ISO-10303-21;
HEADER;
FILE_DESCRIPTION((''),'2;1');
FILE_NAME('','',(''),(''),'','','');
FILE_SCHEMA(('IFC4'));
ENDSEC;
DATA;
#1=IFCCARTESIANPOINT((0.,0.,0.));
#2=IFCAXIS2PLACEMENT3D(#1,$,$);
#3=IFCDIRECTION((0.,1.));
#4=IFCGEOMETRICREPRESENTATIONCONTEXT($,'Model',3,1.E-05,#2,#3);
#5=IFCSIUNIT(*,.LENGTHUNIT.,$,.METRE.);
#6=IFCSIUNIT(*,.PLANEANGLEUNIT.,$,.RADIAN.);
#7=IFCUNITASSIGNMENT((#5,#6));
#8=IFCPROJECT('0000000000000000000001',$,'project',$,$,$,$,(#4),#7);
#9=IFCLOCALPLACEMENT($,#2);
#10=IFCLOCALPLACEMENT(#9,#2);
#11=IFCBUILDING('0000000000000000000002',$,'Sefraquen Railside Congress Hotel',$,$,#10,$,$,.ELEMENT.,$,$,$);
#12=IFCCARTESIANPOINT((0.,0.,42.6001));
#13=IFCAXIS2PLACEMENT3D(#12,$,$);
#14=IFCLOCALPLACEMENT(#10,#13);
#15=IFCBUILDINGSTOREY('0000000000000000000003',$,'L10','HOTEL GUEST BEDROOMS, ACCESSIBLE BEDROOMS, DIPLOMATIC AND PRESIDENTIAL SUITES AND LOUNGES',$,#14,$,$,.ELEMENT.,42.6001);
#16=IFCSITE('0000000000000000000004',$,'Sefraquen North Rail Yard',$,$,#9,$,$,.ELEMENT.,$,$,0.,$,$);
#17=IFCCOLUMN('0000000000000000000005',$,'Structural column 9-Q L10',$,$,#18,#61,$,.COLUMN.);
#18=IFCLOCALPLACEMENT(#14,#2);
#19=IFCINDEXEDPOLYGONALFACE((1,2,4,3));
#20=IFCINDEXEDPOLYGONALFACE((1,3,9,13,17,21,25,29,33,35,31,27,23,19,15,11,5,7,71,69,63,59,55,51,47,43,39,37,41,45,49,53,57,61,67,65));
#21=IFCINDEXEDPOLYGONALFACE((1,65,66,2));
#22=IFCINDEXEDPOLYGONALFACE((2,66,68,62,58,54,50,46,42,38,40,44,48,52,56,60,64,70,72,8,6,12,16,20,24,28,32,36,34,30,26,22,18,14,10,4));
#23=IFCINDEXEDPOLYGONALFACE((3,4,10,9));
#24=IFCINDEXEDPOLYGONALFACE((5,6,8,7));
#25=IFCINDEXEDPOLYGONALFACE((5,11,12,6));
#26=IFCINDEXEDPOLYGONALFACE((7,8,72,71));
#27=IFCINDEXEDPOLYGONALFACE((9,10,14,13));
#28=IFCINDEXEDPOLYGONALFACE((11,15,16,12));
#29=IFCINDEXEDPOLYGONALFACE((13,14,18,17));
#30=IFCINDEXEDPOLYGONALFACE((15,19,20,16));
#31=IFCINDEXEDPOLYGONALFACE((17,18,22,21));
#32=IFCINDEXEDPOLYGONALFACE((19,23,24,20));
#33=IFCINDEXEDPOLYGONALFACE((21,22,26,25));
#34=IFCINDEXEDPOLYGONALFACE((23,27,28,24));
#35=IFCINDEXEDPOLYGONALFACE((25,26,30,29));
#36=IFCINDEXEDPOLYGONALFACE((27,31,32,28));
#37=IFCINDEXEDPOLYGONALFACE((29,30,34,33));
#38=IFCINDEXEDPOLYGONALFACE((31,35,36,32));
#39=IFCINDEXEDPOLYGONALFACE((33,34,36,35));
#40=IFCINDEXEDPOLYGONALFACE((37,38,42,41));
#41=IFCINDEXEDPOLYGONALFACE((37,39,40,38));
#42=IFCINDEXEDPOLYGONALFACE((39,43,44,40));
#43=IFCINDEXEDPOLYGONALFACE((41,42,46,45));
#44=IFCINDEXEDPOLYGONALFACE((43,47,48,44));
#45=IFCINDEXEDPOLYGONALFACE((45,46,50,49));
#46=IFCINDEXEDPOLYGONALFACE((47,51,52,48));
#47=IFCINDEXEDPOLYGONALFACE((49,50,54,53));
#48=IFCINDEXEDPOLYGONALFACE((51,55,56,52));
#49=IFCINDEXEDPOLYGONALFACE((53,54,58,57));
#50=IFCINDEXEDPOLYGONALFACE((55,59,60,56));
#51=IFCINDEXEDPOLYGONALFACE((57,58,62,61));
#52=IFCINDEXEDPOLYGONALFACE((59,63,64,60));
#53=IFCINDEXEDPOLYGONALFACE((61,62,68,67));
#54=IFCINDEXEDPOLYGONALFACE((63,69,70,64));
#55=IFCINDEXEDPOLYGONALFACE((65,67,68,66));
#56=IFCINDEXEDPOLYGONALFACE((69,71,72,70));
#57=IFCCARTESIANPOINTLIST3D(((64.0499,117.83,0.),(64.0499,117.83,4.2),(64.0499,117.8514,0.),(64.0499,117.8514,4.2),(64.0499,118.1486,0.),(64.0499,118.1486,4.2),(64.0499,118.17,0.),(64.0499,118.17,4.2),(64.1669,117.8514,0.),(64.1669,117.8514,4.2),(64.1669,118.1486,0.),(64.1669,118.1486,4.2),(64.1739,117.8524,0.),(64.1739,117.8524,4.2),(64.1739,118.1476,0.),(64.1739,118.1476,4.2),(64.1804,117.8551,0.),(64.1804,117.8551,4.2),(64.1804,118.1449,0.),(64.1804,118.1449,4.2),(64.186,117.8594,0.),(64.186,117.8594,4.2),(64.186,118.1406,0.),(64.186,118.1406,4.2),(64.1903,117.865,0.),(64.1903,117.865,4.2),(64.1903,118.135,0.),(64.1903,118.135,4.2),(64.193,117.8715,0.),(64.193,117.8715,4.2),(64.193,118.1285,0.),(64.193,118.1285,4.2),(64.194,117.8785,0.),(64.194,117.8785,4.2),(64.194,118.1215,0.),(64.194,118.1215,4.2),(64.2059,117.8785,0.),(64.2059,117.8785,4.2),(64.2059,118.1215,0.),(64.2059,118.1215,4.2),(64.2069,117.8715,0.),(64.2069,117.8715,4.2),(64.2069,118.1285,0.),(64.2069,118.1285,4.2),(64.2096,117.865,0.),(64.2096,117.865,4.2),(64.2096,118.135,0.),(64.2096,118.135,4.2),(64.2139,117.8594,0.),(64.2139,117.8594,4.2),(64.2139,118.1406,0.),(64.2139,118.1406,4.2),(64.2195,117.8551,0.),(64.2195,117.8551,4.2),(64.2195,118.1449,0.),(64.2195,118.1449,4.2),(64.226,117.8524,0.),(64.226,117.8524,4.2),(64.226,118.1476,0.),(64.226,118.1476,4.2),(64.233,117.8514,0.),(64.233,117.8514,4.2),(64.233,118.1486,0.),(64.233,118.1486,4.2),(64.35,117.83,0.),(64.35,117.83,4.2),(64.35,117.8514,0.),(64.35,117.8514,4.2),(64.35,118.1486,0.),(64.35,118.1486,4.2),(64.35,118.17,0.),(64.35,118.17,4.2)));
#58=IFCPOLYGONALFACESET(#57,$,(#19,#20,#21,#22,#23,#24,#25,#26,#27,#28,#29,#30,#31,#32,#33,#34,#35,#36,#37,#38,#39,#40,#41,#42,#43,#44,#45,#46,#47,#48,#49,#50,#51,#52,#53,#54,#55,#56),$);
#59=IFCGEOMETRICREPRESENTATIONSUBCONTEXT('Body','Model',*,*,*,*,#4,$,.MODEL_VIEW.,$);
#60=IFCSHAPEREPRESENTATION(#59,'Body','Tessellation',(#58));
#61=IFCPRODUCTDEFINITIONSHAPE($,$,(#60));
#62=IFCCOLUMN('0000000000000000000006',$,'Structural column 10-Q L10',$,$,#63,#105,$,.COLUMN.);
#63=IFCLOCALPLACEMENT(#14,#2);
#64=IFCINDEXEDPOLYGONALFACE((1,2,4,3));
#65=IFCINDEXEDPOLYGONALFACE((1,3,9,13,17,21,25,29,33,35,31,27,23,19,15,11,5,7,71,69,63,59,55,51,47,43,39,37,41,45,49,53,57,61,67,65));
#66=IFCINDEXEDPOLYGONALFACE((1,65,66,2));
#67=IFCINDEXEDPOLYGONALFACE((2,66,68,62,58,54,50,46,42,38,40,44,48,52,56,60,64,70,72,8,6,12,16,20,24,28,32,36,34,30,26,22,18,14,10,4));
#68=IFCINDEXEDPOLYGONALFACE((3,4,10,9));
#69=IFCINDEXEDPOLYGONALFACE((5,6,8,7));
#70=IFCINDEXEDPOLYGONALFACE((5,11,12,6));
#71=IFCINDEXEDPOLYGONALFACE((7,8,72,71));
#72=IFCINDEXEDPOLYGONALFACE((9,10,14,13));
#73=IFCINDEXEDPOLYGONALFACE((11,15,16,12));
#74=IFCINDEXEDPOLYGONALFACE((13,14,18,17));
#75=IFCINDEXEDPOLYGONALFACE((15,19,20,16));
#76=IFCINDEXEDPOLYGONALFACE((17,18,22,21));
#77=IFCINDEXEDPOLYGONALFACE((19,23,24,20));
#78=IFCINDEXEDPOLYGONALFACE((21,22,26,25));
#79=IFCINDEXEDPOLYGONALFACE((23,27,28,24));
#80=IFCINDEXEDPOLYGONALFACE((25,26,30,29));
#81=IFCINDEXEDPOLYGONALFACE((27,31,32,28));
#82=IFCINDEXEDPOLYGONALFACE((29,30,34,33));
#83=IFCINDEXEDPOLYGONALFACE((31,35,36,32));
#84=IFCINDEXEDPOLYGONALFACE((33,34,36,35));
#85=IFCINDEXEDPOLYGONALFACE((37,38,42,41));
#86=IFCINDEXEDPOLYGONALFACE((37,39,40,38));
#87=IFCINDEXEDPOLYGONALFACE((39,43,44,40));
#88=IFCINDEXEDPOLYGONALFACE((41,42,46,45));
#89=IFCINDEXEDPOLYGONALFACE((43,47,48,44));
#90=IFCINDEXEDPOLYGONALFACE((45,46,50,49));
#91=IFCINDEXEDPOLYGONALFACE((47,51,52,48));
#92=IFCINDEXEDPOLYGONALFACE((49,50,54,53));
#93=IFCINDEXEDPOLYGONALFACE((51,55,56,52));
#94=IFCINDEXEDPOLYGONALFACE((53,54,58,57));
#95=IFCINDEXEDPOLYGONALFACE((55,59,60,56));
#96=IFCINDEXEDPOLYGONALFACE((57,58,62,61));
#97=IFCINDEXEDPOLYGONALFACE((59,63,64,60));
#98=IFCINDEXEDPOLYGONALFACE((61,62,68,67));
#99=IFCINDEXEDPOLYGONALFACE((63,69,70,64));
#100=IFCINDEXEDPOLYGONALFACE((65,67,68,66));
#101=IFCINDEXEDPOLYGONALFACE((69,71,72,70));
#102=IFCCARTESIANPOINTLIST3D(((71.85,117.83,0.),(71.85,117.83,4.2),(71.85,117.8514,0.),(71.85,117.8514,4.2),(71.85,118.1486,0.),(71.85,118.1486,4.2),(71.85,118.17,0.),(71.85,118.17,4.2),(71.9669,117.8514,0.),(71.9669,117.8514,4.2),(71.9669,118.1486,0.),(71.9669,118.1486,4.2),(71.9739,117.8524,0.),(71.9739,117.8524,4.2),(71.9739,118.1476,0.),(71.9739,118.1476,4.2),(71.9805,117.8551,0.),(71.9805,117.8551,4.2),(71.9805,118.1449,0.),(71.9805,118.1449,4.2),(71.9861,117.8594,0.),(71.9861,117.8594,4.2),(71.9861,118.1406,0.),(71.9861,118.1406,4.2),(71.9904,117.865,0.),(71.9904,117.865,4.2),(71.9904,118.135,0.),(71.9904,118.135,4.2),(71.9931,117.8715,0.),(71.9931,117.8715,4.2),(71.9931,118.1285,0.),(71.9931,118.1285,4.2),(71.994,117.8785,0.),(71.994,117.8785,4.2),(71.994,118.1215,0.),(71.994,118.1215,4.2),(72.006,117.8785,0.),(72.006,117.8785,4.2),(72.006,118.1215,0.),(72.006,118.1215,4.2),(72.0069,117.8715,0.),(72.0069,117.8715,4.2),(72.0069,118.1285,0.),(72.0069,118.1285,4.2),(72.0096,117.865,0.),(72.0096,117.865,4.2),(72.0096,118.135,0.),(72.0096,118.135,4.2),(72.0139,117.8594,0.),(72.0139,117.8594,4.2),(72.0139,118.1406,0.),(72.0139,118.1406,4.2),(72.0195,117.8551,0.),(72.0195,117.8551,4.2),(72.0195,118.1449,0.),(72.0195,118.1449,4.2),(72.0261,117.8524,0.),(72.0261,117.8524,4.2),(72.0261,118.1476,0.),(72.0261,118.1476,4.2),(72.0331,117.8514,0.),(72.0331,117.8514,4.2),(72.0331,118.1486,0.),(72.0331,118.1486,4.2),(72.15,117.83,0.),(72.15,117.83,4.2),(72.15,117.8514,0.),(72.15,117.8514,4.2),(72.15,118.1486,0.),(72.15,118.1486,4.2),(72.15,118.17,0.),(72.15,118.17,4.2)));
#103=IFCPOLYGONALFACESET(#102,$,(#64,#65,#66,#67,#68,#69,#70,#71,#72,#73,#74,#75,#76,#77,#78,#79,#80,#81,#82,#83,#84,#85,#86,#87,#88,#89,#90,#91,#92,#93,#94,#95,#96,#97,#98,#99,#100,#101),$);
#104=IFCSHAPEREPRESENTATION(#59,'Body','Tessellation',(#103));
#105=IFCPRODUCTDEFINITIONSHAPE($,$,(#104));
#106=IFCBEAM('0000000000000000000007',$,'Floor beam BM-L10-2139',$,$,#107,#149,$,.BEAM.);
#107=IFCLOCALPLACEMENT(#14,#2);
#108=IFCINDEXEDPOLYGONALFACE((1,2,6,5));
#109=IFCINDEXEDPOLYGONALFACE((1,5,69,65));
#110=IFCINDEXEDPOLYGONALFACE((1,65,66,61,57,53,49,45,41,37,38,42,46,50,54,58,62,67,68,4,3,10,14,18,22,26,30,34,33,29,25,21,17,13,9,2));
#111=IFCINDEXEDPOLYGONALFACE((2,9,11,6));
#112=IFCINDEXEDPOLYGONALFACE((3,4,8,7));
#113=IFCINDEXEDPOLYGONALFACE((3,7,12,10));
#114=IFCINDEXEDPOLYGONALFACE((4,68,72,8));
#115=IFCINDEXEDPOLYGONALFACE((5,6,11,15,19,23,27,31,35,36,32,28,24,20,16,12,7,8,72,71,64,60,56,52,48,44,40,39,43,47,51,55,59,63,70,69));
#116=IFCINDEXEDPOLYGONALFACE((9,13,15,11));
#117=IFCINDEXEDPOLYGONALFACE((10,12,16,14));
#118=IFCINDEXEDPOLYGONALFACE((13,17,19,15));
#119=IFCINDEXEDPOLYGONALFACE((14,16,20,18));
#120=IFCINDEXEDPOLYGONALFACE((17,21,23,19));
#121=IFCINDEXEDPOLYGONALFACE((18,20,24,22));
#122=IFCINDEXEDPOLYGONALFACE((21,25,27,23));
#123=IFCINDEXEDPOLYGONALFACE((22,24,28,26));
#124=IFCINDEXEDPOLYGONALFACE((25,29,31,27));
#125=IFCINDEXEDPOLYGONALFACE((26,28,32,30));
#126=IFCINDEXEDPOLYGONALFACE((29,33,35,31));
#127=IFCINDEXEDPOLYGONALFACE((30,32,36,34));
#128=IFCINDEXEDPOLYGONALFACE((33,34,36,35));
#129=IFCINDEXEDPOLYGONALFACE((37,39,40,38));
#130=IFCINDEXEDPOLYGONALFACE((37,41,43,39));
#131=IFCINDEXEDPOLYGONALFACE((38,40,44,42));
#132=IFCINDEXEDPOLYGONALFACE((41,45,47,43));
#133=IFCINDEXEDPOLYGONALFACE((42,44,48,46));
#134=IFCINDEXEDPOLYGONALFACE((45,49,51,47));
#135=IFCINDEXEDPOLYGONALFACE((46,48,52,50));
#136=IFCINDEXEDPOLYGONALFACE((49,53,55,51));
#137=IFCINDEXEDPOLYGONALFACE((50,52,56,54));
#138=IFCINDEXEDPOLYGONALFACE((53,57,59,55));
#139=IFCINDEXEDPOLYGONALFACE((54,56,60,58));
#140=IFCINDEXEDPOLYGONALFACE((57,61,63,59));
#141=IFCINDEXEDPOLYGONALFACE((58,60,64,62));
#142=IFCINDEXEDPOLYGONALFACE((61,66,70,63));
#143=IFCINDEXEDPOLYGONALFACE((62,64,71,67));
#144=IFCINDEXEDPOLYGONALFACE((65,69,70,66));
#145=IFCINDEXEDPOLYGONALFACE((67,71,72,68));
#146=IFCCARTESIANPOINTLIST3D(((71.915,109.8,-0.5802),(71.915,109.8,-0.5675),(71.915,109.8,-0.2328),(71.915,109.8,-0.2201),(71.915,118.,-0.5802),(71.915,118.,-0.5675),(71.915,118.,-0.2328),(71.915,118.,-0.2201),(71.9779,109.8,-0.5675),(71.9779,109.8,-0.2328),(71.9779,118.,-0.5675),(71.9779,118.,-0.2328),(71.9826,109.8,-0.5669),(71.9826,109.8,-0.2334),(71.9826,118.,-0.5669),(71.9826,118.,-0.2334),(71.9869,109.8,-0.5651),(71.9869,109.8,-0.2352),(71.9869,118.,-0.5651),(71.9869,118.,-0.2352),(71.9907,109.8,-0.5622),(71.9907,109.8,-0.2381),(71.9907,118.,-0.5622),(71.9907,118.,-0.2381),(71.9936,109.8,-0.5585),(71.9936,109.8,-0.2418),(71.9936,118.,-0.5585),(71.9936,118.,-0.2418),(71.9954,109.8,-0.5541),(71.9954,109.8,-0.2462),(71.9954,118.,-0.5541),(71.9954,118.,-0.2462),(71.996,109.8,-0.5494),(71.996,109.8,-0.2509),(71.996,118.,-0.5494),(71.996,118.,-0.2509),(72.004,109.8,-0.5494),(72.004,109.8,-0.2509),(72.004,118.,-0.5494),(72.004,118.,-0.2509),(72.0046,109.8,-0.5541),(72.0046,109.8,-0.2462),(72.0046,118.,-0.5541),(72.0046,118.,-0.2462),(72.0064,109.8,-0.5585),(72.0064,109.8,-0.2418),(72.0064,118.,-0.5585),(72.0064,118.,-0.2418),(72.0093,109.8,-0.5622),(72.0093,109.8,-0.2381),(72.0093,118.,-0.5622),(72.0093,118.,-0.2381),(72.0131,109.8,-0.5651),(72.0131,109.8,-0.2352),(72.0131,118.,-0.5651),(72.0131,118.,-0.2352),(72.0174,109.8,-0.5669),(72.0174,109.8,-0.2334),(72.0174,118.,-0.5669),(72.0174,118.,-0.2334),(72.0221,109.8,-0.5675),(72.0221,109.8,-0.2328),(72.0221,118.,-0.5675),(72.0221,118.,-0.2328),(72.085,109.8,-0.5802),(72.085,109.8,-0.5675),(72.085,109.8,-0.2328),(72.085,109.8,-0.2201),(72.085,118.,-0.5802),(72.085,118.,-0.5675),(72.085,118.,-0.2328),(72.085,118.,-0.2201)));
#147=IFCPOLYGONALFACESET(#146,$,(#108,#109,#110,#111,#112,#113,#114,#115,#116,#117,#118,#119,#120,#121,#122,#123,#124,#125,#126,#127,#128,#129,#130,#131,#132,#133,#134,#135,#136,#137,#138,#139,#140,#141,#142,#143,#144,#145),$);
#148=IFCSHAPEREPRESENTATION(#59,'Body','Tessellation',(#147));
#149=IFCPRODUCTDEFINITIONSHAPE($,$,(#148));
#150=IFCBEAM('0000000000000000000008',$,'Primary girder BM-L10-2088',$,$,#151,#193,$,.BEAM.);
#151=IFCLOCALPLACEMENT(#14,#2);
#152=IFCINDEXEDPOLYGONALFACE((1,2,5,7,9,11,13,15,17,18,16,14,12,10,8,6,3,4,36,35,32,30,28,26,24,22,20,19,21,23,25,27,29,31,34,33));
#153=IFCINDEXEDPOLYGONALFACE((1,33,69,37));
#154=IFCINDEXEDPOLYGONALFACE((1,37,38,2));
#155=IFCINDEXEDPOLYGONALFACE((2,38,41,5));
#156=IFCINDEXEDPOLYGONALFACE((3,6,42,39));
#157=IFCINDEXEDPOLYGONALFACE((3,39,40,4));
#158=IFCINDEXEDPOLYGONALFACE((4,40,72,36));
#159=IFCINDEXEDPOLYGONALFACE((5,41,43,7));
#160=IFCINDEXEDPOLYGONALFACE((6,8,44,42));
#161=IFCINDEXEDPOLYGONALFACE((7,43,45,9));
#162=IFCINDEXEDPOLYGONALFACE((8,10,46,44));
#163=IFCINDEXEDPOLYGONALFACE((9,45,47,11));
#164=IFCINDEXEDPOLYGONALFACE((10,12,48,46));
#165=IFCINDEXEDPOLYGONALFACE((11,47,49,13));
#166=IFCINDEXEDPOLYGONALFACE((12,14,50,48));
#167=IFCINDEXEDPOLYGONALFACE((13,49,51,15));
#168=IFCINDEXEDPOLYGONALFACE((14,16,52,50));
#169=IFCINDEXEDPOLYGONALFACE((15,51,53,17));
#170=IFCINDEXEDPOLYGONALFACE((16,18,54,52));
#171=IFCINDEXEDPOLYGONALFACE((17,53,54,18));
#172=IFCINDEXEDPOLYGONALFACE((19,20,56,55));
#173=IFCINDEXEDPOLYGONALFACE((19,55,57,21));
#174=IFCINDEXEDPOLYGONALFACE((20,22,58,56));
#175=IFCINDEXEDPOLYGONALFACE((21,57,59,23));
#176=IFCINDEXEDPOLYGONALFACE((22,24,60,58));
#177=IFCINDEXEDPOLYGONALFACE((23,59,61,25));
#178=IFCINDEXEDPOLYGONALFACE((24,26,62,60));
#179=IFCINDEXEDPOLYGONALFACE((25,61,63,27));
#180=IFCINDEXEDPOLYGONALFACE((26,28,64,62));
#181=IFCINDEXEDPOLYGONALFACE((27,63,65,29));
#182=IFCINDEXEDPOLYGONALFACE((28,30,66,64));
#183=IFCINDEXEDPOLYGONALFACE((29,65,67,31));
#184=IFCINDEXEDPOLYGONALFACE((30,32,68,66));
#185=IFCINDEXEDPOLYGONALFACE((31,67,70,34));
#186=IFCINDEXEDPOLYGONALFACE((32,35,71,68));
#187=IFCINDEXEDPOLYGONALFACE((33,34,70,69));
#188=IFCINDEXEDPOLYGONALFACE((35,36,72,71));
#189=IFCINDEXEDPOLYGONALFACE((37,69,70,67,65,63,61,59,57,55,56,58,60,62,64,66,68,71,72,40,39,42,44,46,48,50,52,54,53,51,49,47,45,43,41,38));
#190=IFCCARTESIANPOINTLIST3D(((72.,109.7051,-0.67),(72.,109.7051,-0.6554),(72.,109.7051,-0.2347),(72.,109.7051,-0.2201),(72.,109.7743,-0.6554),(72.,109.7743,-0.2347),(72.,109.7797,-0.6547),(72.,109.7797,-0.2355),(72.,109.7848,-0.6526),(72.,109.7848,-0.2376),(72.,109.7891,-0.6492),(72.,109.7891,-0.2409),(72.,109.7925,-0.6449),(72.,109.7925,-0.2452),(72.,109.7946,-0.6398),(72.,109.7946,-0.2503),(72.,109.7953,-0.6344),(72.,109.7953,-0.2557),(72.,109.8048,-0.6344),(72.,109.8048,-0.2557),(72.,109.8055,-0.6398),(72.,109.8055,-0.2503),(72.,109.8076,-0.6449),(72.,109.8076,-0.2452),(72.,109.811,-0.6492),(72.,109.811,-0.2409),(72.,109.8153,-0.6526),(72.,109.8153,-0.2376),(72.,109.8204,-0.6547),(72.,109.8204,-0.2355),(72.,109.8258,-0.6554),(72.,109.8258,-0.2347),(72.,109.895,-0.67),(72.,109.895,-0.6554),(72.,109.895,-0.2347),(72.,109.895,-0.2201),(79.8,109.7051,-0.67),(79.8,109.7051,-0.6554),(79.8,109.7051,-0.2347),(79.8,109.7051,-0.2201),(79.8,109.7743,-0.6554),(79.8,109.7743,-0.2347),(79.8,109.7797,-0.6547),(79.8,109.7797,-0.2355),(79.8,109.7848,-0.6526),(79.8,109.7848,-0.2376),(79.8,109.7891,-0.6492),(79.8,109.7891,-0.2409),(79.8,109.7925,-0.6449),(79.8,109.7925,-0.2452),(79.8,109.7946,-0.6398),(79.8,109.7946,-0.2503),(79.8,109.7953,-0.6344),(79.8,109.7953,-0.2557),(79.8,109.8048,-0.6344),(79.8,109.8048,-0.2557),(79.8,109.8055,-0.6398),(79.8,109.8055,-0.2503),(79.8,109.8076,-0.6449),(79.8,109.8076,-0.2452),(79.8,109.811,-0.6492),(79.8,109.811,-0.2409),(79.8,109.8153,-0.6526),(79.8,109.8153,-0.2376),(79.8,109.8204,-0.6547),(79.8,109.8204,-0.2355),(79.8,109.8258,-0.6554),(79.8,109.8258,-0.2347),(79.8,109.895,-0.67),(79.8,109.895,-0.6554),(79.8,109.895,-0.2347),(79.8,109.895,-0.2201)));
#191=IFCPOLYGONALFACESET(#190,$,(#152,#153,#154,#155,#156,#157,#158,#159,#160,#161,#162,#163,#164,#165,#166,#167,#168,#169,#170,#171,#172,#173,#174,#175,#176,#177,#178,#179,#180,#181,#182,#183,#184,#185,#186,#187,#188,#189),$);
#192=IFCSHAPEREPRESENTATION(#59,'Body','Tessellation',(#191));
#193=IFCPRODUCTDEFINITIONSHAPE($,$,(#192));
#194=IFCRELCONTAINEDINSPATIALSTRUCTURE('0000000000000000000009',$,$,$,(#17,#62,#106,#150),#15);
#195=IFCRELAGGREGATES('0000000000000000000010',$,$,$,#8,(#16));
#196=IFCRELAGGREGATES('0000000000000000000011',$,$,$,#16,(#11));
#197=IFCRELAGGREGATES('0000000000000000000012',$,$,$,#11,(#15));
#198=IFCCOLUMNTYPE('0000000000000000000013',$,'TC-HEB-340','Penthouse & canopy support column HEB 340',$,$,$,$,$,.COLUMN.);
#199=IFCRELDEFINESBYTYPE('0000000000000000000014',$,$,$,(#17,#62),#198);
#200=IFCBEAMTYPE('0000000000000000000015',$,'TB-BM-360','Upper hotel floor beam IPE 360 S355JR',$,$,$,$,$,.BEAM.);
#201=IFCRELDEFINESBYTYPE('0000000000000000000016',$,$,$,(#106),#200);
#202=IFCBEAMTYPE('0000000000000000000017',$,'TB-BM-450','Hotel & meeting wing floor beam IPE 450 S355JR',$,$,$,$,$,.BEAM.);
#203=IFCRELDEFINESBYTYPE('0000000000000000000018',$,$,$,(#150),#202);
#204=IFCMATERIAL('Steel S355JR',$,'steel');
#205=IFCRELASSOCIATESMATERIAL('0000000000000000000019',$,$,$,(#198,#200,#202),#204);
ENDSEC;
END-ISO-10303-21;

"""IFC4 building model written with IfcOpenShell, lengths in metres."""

from ifc_helpers import new_model, si_unit, direction, frame, origin, origin_2d, place, context, subcontext, project, spatial, i_section, extrude, material, material_profile, profile_set, type_object, element, save


model = new_model("IFC4")

# Units and contexts
model_context = context("Model", 3, precision=1e-05, world=origin(), true_north=direction((0.0, 1.0)))
body_context = subcontext(model_context, "Body", "Model", "MODEL_VIEW")
ifc_project = project(units=[si_unit("LENGTHUNIT", "METRE"), si_unit("PLANEANGLEUNIT", "RADIAN")], contexts=[model_context])

# Site, building, storey
site_placement = place(None, origin())
site = spatial("IfcSite", under=ifc_project, at=site_placement, Name="Sefraquen North Rail Yard", CompositionType="ELEMENT", RefElevation=0.0)
building_placement = place(site_placement, origin())
building = spatial("IfcBuilding", under=site, at=building_placement, Name="Sefraquen Railside Congress Hotel", CompositionType="ELEMENT")
storey_placement = place(building_placement, frame((0.0, 0.0, 42.6001)))
storey = spatial("IfcBuildingStorey", under=building, at=storey_placement, Name="L10", Description="HOTEL GUEST BEDROOMS, ACCESSIBLE BEDROOMS, DIPLOMATIC AND PRESIDENTIAL SUITES AND LOUNGES", CompositionType="ELEMENT", Elevation=42.6001)

# Columns
ifc_material_1 = material(Name="Steel S355JR", Category="steel")
ifc_material_profile_1 = material_profile(ifc_material_1, i_section(OverallWidth=0.3, OverallDepth=0.3401, WebThickness=0.012, FlangeThickness=0.0215, FilletRadius=0.0271, at=origin_2d()), Name="HEB 340")
ifc_profile_set_1 = profile_set([ifc_material_profile_1], Name="Steel S355JR")
column_type = type_object("IfcColumnType", Name="TC-HEB-340", Description="Penthouse & canopy support column HEB 340", PredefinedType="COLUMN", material=ifc_profile_set_1)
for number, where, z_axis, x_axis, name in (
    (1, (64.2, 118.0, 0.0), (0.0, 0.0, 1.0), (1.0, 0.0, 0.0), "Structural column 9-Q L10"),
    (2, (72.0, 118.0, 0.0), (0.0, 0.0, 1.0), (1.0, 0.0, 0.0), "Structural column 10-Q L10"),
):
    element("IfcColumn", number, at=place(storey_placement, frame(where, z_axis=z_axis, x_axis=x_axis)), inside=storey, type_object=column_type, Name=name, PredefinedType="COLUMN", context=body_context, shape_type="SweptSolid", body=[
        extrude(i_section(OverallWidth=0.3, OverallDepth=0.3401, WebThickness=0.012, FlangeThickness=0.0215, FilletRadius=0.0271, at=origin_2d()), origin(), (0.0, 0.0, 1.0), 4.2),
    ])

# Beams
ifc_material_profile_2 = material_profile(ifc_material_1, i_section(OverallWidth=0.1699, OverallDepth=0.3601, WebThickness=0.0081, FlangeThickness=0.0127, FilletRadius=0.0181, at=origin_2d()), Name="IPE 360")
ifc_profile_set_2 = profile_set([ifc_material_profile_2], Name="Steel S355JR")
beam_type_1 = type_object("IfcBeamType", Name="TB-BM-360", Description="Upper hotel floor beam IPE 360 S355JR", PredefinedType="BEAM", material=ifc_profile_set_2)
beam_placement = place(storey_placement, frame((72.0, 109.8, -0.4001), z_axis=(0.0, 1.0, 0.0), x_axis=(-1.0, 0.0, 0.0)))
element("IfcBeam", 3, at=beam_placement, inside=storey, type_object=beam_type_1, Name="Floor beam BM-L10-2139", PredefinedType="BEAM", context=body_context, shape_type="SweptSolid", body=[
    extrude(i_section(OverallWidth=0.1699, OverallDepth=0.3601, WebThickness=0.0081, FlangeThickness=0.0127, FilletRadius=0.0181, at=origin_2d()), origin(), (0.0, 0.0, 1.0), 8.2),
])
ifc_material_profile_3 = material_profile(ifc_material_1, i_section(OverallWidth=0.1899, OverallDepth=0.45, WebThickness=0.0095, FlangeThickness=0.0146, FilletRadius=0.021, at=origin_2d()), Name="IPE 450")
ifc_profile_set_3 = profile_set([ifc_material_profile_3], Name="Steel S355JR")
beam_type_2 = type_object("IfcBeamType", Name="TB-BM-450", Description="Hotel & meeting wing floor beam IPE 450 S355JR", PredefinedType="BEAM", material=ifc_profile_set_3)
for number, where, z_axis, x_axis, name in (
    (4, (72.0, 109.8, -0.4451), (1.0, 0.0, 0.0), (0.0, 1.0, 0.0), "Primary girder BM-L10-2088"),
):
    element("IfcBeam", number, at=place(storey_placement, frame(where, z_axis=z_axis, x_axis=x_axis)), inside=storey, type_object=beam_type_2, Name=name, PredefinedType="BEAM", context=body_context, shape_type="SweptSolid", body=[
        extrude(i_section(OverallWidth=0.1899, OverallDepth=0.45, WebThickness=0.0095, FlangeThickness=0.0146, FilletRadius=0.021, at=origin_2d()), origin(), (0.0, 0.0, 1.0), 7.8),
    ])

save(model, "model.ifc")
